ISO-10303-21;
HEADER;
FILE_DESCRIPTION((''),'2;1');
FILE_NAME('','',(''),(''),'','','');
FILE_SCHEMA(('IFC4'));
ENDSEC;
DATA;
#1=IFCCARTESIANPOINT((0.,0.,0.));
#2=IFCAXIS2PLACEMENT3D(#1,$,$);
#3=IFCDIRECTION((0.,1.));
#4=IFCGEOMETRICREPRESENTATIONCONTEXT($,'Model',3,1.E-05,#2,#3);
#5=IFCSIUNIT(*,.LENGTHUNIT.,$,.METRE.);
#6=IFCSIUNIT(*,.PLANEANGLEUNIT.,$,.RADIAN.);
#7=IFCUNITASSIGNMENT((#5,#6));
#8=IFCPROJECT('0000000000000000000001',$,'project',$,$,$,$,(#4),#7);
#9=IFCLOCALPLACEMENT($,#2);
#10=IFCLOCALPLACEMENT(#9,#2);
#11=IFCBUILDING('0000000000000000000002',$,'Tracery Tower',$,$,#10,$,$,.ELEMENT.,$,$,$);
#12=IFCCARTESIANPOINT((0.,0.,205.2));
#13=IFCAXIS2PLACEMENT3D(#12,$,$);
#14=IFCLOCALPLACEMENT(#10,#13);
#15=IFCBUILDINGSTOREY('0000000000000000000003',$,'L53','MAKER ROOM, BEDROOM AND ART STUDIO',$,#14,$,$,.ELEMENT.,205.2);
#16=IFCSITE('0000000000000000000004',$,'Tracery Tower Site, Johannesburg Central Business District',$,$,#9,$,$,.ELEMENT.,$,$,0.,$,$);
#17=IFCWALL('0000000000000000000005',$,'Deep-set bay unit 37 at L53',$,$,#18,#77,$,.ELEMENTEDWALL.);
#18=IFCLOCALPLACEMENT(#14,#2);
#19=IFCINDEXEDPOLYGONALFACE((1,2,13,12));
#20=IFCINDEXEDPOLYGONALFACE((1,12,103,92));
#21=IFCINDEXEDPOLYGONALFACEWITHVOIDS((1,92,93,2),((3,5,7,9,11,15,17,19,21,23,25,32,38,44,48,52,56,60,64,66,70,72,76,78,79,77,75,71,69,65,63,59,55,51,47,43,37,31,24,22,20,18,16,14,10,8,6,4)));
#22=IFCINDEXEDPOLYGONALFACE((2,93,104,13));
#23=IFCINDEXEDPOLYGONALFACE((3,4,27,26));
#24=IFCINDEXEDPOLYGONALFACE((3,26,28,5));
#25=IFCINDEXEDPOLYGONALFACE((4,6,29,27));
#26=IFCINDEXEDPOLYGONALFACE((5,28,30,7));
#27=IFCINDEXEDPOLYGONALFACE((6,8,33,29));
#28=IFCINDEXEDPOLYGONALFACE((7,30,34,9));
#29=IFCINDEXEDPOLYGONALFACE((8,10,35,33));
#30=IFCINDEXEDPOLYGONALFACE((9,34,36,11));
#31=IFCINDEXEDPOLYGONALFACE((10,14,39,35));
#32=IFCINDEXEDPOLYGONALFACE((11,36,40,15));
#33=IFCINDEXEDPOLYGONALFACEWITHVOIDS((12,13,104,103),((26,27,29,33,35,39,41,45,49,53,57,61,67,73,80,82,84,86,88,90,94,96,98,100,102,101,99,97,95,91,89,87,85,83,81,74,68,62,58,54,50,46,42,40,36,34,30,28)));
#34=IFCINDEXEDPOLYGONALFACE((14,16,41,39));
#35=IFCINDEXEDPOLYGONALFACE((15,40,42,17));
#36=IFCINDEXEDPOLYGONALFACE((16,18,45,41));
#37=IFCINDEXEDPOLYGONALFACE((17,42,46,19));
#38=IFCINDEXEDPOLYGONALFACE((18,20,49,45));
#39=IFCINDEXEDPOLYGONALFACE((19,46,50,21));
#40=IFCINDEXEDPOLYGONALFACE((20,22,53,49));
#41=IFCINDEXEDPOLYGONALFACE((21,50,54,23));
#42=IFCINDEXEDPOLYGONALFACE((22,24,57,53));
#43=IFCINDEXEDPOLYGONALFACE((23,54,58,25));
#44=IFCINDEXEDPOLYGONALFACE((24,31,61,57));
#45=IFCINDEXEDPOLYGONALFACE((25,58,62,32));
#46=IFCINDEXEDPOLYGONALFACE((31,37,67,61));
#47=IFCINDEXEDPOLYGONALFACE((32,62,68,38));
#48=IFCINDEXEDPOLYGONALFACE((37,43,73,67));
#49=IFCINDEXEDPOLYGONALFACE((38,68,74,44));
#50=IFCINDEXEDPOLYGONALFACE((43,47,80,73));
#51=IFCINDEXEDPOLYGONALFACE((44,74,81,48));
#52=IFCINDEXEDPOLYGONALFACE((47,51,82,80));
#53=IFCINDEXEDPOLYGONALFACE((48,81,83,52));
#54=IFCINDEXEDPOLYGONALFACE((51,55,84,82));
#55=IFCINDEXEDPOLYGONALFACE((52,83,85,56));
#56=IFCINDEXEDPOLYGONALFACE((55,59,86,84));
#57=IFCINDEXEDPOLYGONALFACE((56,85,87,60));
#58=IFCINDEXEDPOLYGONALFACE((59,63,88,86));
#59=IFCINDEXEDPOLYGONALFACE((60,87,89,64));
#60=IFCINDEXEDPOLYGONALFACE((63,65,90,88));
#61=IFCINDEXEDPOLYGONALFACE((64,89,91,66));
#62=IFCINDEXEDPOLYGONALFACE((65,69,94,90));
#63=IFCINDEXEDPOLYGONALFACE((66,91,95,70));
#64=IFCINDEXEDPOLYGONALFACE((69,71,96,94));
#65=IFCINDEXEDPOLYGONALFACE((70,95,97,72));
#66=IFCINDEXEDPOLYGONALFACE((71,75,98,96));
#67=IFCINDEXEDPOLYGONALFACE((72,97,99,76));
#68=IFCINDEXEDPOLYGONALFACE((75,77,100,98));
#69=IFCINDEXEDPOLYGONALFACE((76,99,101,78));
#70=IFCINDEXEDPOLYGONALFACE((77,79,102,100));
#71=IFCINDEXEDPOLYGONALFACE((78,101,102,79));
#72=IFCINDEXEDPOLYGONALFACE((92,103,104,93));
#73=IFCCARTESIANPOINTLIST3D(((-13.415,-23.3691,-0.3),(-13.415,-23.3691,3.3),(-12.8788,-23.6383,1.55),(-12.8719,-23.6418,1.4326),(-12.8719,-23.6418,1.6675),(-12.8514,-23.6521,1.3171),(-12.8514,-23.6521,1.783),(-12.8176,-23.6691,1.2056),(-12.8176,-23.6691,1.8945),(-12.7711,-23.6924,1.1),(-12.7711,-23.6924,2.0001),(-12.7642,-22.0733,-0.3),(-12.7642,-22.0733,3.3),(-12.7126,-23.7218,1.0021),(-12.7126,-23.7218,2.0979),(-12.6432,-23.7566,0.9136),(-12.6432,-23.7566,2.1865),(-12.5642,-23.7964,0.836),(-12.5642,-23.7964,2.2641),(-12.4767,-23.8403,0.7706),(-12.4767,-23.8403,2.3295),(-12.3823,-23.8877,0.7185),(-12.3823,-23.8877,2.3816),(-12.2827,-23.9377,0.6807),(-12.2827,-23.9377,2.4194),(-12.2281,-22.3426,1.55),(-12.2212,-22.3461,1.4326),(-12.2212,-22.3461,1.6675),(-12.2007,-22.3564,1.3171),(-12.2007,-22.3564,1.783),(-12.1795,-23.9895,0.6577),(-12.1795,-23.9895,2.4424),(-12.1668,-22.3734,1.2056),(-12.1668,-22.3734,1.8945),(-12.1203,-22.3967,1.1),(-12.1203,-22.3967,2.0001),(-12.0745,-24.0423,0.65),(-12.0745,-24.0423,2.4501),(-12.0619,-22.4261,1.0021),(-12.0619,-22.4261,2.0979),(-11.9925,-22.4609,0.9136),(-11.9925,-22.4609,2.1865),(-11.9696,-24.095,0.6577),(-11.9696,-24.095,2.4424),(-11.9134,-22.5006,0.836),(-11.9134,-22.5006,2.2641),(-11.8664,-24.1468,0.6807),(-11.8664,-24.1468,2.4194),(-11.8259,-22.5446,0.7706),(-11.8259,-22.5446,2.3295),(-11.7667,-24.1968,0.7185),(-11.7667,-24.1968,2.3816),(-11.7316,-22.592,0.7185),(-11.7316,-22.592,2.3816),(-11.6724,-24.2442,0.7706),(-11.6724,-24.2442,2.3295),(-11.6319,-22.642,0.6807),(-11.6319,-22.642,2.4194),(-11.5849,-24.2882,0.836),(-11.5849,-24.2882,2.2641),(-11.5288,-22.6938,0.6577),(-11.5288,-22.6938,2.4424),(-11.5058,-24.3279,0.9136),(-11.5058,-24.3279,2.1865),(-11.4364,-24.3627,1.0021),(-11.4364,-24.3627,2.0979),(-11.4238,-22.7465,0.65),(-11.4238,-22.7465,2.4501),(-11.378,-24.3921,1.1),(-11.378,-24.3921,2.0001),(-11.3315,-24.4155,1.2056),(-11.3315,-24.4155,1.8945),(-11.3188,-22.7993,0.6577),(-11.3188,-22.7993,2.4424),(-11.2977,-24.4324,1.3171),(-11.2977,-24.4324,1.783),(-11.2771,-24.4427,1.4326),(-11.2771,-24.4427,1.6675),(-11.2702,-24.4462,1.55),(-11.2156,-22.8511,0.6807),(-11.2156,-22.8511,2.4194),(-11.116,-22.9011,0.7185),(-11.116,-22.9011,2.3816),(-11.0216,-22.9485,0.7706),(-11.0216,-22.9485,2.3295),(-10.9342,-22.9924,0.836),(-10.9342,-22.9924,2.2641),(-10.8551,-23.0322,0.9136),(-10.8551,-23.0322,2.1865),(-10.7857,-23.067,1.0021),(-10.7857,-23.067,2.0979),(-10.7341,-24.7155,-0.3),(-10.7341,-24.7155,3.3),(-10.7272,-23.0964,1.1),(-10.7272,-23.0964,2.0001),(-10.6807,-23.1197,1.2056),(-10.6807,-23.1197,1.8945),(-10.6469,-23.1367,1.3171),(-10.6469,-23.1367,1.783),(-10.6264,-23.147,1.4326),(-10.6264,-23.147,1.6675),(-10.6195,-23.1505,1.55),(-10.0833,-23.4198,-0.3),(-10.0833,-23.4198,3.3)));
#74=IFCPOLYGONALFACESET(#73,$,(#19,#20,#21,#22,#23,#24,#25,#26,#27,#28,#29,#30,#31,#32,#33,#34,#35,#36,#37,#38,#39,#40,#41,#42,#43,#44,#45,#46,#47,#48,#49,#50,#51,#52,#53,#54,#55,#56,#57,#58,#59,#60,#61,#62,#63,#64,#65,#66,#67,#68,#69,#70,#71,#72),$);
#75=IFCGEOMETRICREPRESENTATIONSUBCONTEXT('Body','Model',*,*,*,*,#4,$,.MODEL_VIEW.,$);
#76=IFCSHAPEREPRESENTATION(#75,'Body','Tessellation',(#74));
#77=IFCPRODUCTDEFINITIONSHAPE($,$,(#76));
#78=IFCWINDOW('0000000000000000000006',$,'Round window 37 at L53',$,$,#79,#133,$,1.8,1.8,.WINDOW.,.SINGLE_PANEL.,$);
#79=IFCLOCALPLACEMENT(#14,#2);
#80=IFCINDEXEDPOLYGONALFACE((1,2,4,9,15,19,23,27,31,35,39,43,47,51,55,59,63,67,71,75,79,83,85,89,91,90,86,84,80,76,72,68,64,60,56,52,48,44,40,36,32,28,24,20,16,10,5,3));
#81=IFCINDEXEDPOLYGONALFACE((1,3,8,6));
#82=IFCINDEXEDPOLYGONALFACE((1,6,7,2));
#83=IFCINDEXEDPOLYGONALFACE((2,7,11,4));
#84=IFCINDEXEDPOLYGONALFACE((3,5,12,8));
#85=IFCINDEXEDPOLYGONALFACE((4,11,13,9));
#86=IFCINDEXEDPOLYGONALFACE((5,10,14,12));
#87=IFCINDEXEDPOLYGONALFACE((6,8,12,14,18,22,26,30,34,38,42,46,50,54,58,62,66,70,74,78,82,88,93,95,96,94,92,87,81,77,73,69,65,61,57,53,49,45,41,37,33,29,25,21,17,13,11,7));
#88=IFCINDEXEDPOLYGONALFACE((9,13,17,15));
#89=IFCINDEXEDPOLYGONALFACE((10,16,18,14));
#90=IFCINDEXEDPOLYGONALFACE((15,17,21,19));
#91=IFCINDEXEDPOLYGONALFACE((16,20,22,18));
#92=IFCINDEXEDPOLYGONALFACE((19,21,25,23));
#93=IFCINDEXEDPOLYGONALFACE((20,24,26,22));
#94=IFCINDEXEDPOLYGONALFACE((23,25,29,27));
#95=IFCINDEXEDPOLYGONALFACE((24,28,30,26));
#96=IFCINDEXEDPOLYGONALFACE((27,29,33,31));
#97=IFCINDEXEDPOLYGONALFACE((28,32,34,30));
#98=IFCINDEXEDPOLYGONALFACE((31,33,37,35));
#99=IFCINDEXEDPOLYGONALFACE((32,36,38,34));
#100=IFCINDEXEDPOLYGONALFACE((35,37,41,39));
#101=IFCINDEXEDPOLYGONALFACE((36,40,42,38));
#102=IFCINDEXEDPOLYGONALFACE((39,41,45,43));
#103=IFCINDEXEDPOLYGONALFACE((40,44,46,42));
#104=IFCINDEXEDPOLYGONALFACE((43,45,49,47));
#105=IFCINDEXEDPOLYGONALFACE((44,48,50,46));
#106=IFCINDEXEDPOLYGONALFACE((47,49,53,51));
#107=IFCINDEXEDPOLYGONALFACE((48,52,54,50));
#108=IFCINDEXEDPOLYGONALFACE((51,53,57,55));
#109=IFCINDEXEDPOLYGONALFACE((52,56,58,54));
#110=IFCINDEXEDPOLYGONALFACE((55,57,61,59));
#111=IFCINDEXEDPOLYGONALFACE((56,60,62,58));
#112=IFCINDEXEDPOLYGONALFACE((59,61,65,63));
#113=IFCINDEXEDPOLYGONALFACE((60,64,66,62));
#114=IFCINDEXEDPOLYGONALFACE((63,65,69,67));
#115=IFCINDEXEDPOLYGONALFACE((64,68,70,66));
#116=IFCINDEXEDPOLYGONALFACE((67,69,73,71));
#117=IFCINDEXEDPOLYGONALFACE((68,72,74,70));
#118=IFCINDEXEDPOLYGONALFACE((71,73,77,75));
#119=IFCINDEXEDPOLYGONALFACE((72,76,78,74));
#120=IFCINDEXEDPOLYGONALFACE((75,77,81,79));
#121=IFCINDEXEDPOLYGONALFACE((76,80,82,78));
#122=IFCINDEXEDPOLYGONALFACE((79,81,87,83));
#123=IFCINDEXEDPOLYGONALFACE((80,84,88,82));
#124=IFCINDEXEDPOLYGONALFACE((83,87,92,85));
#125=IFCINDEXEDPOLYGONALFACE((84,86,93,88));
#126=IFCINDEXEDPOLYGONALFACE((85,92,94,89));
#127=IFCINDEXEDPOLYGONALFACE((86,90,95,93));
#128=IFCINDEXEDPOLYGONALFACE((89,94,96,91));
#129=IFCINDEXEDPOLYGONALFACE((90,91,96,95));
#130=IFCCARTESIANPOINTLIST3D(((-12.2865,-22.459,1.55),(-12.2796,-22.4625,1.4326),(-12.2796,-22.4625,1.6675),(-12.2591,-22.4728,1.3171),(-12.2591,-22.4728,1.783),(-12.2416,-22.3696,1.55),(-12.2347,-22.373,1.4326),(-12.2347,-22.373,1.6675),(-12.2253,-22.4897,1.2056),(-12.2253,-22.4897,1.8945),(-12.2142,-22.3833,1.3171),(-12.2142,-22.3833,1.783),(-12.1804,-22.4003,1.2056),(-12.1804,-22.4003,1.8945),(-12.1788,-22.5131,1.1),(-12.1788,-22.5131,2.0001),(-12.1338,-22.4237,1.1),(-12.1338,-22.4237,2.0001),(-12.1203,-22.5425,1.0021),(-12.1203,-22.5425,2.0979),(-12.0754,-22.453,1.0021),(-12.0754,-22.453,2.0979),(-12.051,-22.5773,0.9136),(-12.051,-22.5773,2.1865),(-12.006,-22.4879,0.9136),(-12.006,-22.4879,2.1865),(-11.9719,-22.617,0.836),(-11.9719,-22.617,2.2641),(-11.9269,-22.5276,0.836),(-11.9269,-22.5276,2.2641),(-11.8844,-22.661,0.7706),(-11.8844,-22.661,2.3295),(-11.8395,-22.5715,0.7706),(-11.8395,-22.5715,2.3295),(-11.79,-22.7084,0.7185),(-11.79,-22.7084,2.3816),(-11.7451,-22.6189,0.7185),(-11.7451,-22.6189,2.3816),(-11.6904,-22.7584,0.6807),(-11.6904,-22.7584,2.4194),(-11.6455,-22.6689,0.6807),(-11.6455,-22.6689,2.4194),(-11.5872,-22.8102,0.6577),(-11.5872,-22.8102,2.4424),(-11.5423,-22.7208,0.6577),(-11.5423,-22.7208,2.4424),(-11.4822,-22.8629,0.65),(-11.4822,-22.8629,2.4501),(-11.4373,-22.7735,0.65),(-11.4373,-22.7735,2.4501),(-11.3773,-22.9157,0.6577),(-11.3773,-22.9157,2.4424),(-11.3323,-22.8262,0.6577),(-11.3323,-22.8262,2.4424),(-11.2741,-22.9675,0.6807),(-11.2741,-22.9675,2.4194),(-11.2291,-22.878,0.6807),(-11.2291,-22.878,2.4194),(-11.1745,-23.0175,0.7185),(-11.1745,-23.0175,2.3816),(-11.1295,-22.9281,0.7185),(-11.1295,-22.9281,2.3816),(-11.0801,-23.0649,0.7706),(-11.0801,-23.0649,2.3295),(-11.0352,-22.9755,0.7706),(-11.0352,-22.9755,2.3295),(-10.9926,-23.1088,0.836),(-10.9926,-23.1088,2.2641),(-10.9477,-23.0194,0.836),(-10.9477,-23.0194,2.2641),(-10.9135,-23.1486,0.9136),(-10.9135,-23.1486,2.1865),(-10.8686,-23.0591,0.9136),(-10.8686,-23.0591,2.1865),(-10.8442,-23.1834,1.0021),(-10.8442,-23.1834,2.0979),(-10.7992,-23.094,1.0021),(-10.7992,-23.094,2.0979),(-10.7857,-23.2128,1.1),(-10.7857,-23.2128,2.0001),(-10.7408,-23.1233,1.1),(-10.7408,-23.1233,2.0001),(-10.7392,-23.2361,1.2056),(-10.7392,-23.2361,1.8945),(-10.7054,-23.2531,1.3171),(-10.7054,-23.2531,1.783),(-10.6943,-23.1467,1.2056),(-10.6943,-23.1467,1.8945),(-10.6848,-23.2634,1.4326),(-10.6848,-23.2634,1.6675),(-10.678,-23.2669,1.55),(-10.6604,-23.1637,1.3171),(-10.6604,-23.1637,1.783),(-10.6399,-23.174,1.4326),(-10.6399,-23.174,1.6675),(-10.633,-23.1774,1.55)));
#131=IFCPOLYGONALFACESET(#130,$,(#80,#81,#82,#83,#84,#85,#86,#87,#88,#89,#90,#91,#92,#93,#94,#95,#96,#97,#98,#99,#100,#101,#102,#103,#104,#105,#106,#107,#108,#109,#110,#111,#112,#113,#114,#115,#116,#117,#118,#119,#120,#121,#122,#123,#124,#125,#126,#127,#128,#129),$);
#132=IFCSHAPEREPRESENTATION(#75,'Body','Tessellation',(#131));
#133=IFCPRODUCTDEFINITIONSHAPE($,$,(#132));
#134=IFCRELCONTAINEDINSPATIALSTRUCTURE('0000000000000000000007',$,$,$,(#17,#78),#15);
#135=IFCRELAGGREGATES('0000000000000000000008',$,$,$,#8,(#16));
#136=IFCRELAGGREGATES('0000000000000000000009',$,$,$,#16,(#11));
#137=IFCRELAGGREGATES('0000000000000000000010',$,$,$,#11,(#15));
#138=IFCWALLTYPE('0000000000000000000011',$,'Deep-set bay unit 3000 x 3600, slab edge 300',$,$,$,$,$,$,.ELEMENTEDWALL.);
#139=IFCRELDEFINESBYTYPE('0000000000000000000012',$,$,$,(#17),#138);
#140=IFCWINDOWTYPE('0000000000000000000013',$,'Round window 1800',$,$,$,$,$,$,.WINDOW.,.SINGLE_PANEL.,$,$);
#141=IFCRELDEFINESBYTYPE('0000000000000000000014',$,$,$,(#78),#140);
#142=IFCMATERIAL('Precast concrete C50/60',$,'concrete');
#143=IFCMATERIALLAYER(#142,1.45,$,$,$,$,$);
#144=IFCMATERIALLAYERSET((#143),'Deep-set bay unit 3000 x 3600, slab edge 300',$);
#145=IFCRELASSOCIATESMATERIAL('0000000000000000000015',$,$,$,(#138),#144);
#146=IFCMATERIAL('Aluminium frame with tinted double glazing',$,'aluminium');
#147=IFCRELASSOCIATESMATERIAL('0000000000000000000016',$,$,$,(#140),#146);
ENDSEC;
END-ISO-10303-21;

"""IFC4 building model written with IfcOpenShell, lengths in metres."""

from ifc_helpers import new_model, si_unit, direction, frame, frame_2d, origin, origin_2d, place, context, subcontext, project, spatial, rectangle, circle, extrude, material, layer, layer_set, type_object, element, fill, save


model = new_model("IFC4")

# Units and contexts
model_context = context("Model", 3, precision=1e-05, world=origin(), true_north=direction((0.0, 1.0)))
body_context = subcontext(model_context, "Body", "Model", "MODEL_VIEW")
ifc_project = project(units=[si_unit("LENGTHUNIT", "METRE"), si_unit("PLANEANGLEUNIT", "RADIAN")], contexts=[model_context])

# Site, building, storey
site_placement = place(None, origin())
site = spatial("IfcSite", under=ifc_project, at=site_placement, Name="Tracery Tower Site, Johannesburg Central Business District", CompositionType="ELEMENT", RefElevation=0.0)
building_placement = place(site_placement, origin())
building = spatial("IfcBuilding", under=site, at=building_placement, Name="Tracery Tower", CompositionType="ELEMENT")
storey_placement = place(building_placement, frame((0.0, 0.0, 205.2)))
storey = spatial("IfcBuildingStorey", under=building, at=storey_placement, Name="L53", Description="MAKER ROOM, BEDROOM AND ART STUDIO", CompositionType="ELEMENT", Elevation=205.2)

# Wall, opening, window
ifc_material_1 = material(Name="Precast concrete C50/60", Category="concrete")
ifc_layer_1 = layer(ifc_material_1, 1.45)
ifc_layer_set_1 = layer_set([ifc_layer_1], Name="Deep-set bay unit 3000 x 3600, slab edge 300")
wall_type_1 = type_object("IfcWallType", Name="Deep-set bay unit 3000 x 3600, slab edge 300", PredefinedType="ELEMENTEDWALL", material=ifc_layer_set_1)
ifc_material_2 = material(Name="Aluminium frame with tinted double glazing", Category="aluminium")
window_type = type_object("IfcWindowType", Name="Round window 1800", PartitioningType="SINGLE_PANEL", PredefinedType="WINDOW", material=ifc_material_2)
wall_1_placement = place(storey_placement, frame((-13.0896, -22.7212, -0.3), z_axis=(0.0, 0.0, 1.0), x_axis=(0.893628, -0.448808, 0.0)))
wall_1 = element("IfcWall", 1, at=wall_1_placement, inside=storey, type_object=wall_type_1, Name="Deep-set bay unit 37 at L53", PredefinedType="ELEMENTEDWALL", context=body_context, shape_type="SweptSolid", body=[
    extrude(rectangle(XDim=3.0, YDim=1.45, at=frame_2d((1.5, 0.0))), origin(), (0.0, 0.0, 1.0), 3.6001),
])
opening_1_placement = place(wall_1_placement, frame((1.5, 0.0, 1.8501)))
opening_1 = element("IfcOpeningElement", 2, at=opening_1_placement, cuts=wall_1, PredefinedType="OPENING", context=body_context, shape_type="SweptSolid", body=[
    extrude(circle(Radius=0.9, at=origin_2d()), frame((0.0, 0.7349, 0.0), z_axis=(0.0, -1.0, 0.0), x_axis=(1.0, 0.0, 0.0)), (0.0, 0.0, 1.0), 1.47),
])
window_1_placement = place(opening_1_placement, origin())
window_1 = element("IfcWindow", 3, at=window_1_placement, inside=storey, type_object=window_type, Name="Round window 37 at L53", OverallHeight=1.8, OverallWidth=1.8, PartitioningType="SINGLE_PANEL", PredefinedType="WINDOW", context=body_context, shape_type="SweptSolid", body=[
    extrude(circle(Radius=0.9, at=origin_2d()), frame((0.0, 0.6948, 0.0), z_axis=(0.0, -1.0, 0.0), x_axis=(1.0, 0.0, 0.0)), (0.0, 0.0, 1.0), 0.1001),
])
fill(opening_1, window_1)

save(model, "model.ifc")
